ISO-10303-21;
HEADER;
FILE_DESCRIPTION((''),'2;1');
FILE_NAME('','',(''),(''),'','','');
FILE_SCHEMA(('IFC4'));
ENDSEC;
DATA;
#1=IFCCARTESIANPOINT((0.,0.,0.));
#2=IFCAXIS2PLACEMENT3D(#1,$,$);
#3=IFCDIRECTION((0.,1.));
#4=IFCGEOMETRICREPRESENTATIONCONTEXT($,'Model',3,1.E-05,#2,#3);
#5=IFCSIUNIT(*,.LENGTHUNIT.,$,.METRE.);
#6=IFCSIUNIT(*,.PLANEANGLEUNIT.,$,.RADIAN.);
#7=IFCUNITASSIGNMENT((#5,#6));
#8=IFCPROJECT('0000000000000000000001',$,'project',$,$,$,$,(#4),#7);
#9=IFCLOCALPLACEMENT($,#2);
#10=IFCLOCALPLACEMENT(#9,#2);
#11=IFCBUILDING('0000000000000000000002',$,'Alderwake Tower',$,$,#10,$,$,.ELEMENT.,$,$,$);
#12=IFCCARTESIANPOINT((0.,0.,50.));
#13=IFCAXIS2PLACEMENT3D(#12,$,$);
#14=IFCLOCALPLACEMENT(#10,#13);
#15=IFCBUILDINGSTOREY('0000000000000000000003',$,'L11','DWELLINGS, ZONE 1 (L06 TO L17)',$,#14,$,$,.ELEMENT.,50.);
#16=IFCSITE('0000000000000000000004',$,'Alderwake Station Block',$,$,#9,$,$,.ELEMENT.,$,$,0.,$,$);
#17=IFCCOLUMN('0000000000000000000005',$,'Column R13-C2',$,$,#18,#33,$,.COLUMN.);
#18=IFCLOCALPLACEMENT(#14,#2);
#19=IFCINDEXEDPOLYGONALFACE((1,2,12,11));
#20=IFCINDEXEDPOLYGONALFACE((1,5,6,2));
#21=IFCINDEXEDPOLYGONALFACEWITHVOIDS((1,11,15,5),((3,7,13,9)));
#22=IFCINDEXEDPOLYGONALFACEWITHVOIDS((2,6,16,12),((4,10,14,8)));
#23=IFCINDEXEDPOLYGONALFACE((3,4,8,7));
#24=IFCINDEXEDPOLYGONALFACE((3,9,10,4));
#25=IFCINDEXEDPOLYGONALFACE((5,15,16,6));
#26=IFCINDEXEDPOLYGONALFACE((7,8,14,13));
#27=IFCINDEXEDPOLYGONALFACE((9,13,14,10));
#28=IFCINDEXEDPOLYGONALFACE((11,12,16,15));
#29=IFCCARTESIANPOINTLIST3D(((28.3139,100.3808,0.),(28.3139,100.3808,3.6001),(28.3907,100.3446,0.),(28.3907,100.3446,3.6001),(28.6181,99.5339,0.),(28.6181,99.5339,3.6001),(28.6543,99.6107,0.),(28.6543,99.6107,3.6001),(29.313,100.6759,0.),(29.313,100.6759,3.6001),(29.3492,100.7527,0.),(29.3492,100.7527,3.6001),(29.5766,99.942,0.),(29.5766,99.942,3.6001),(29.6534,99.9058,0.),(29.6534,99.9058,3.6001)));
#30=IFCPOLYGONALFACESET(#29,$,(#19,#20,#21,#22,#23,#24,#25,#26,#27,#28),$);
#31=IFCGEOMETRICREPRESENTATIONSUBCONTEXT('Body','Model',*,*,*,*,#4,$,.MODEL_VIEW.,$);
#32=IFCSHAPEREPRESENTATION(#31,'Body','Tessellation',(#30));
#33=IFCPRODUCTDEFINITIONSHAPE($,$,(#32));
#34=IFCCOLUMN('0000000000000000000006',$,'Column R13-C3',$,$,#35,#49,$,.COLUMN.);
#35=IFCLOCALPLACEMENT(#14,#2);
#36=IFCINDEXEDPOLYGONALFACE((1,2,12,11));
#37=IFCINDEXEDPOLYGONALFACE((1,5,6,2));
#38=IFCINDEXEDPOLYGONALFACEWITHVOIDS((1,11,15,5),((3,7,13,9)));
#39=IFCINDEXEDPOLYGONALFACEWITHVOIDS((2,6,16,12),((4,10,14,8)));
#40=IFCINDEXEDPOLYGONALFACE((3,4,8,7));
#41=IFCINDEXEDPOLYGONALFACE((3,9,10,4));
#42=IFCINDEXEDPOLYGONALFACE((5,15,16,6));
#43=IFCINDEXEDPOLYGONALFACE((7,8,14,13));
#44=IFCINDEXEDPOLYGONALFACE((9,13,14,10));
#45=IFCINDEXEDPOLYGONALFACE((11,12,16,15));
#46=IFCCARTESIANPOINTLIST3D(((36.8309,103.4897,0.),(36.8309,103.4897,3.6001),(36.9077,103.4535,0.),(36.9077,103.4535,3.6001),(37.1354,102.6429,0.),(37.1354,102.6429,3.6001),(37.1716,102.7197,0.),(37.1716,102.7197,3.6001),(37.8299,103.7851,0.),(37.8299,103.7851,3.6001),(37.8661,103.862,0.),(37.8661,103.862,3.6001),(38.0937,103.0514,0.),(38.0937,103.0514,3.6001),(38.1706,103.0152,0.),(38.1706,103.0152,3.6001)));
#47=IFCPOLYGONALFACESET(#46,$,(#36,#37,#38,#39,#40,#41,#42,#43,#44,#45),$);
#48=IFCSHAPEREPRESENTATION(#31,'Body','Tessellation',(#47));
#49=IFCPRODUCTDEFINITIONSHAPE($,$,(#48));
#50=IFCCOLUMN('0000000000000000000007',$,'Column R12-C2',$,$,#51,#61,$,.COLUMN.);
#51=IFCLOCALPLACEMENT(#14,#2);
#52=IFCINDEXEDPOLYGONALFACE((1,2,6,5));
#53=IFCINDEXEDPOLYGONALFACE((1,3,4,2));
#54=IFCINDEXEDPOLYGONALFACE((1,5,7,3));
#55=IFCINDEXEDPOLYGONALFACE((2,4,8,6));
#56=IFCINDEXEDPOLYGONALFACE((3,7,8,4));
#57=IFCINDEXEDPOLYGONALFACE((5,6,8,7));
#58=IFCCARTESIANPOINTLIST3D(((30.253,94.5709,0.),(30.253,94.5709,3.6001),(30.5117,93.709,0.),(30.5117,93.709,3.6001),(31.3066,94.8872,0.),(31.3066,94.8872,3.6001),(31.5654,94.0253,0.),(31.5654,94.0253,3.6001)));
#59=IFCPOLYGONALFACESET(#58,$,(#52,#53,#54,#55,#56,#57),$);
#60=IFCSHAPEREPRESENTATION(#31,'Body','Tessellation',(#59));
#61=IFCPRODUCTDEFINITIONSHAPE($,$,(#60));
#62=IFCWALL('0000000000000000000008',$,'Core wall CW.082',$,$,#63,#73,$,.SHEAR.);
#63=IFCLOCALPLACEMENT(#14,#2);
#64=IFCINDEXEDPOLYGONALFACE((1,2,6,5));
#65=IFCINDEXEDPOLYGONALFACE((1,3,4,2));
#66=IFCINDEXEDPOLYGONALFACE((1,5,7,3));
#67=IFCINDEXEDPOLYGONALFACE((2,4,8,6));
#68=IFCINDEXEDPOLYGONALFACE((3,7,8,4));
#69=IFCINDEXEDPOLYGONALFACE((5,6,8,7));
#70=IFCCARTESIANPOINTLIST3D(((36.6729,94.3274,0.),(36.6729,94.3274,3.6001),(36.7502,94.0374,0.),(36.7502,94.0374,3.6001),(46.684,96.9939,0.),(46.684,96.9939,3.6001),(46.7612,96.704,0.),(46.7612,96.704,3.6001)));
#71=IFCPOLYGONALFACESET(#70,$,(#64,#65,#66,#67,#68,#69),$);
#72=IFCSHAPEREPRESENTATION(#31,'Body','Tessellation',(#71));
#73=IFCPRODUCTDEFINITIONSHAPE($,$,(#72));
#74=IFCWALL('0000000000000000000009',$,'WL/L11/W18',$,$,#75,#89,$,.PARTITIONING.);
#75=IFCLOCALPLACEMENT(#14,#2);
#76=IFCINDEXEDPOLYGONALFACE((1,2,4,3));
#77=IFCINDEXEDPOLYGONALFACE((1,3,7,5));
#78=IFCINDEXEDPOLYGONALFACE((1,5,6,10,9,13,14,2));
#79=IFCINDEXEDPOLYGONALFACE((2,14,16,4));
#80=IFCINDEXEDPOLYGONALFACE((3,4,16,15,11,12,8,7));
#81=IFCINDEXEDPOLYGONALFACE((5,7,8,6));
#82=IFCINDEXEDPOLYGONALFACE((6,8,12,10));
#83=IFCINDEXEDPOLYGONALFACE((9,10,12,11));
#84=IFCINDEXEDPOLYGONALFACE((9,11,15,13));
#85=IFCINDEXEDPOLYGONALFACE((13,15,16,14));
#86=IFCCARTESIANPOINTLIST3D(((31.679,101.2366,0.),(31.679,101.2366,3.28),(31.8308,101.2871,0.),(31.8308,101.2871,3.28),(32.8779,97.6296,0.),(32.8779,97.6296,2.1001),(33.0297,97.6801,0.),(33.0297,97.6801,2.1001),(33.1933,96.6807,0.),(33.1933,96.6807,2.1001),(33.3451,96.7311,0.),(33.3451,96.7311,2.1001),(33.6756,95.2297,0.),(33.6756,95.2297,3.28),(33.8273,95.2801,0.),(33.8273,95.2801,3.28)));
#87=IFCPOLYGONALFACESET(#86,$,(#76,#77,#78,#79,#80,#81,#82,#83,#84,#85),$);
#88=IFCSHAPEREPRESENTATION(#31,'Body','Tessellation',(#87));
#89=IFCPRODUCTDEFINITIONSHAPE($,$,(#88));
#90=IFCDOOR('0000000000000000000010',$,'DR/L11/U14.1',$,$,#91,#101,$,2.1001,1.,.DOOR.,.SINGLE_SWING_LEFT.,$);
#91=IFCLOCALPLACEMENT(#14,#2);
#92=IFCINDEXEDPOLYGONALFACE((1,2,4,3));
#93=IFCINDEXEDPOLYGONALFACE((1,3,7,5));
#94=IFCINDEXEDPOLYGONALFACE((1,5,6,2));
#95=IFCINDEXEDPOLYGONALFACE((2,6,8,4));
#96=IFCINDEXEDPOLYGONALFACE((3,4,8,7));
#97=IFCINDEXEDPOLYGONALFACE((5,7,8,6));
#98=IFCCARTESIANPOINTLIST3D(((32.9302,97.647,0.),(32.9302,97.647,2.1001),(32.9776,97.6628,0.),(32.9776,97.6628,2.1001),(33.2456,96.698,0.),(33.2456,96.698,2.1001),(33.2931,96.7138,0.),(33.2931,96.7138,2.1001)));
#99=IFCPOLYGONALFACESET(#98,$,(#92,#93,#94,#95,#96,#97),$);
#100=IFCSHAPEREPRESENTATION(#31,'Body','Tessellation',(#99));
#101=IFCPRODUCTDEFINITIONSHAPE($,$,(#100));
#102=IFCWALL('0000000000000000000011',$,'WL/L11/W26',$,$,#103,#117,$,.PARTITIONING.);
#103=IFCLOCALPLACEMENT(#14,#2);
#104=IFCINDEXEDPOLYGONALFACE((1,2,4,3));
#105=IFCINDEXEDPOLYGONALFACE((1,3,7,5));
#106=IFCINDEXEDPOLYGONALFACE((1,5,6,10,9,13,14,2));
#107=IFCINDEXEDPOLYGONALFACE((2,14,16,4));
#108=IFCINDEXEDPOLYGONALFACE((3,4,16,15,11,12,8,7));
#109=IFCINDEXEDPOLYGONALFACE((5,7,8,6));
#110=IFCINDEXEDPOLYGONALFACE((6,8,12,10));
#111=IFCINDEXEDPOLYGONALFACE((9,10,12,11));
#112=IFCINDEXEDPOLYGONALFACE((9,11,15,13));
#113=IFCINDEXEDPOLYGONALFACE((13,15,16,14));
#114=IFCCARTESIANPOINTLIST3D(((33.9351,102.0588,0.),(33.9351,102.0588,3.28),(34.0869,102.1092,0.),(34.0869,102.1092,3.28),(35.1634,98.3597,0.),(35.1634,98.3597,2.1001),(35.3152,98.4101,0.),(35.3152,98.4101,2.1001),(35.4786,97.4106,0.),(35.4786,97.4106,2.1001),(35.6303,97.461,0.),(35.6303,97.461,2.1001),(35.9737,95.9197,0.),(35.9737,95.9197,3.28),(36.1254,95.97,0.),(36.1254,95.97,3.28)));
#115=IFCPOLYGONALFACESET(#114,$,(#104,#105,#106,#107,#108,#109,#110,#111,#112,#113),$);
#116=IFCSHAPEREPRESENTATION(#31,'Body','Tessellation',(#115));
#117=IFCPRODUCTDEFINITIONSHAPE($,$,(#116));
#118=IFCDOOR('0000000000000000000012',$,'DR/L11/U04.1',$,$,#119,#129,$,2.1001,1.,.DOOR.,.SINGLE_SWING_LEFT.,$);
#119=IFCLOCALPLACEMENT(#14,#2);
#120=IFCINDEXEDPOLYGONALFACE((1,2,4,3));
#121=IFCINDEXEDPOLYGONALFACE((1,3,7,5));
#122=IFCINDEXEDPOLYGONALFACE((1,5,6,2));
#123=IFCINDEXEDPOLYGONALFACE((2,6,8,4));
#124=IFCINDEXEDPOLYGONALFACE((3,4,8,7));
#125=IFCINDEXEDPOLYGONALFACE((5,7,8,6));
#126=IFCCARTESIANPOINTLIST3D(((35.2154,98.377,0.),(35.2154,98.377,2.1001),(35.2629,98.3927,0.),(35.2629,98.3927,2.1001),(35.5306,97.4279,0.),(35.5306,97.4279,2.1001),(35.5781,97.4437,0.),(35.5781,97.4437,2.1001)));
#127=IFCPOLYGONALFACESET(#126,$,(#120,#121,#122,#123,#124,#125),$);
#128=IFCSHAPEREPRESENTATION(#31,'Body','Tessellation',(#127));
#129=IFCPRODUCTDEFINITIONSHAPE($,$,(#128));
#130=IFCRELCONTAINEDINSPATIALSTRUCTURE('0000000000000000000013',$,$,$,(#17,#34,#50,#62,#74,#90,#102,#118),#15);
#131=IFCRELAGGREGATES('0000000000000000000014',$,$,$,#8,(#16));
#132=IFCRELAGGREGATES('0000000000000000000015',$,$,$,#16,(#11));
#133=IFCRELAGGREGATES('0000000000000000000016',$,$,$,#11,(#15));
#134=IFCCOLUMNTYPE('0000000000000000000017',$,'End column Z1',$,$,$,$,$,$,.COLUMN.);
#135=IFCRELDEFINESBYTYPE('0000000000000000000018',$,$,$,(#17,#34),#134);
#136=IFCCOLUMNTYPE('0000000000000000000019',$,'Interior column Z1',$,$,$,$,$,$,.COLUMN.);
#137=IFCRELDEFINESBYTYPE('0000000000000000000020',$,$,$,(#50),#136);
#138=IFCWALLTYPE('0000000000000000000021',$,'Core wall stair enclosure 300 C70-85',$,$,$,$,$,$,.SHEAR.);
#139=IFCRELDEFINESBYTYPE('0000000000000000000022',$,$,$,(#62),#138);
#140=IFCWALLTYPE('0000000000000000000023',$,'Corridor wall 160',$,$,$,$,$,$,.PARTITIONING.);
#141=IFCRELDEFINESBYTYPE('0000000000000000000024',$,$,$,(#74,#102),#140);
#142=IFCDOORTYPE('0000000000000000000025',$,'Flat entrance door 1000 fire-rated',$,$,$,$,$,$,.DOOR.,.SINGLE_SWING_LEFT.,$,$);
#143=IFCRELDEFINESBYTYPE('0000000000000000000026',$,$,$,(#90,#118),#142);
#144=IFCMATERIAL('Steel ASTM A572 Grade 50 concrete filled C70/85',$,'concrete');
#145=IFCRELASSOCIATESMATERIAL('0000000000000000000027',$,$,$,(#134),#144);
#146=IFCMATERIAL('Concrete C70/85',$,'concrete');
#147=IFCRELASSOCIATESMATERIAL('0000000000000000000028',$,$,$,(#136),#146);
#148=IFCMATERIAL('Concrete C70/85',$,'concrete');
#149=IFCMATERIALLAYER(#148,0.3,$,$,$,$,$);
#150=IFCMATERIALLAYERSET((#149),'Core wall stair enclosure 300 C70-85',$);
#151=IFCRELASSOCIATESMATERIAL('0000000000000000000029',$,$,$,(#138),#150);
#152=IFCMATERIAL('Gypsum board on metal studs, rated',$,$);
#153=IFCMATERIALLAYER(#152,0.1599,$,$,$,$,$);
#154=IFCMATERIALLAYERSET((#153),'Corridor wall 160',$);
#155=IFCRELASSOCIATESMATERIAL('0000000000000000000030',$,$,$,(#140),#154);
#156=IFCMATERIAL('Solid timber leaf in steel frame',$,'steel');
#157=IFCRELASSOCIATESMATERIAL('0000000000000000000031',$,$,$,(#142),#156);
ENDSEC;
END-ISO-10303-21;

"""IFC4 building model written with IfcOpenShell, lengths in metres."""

from ifc_helpers import new_model, si_unit, direction, frame, frame_2d, origin, origin_2d, place, context, subcontext, project, spatial, rectangle, hollow_rectangle, extrude, material, layer, layer_set, material_profile, profile_set, type_object, element, fill, save


model = new_model("IFC4")

# Units and contexts
model_context = context("Model", 3, precision=1e-05, world=origin(), true_north=direction((0.0, 1.0)))
body_context = subcontext(model_context, "Body", "Model", "MODEL_VIEW")
ifc_project = project(units=[si_unit("LENGTHUNIT", "METRE"), si_unit("PLANEANGLEUNIT", "RADIAN")], contexts=[model_context])

# Site, building, storey
site_placement = place(None, origin())
site = spatial("IfcSite", under=ifc_project, at=site_placement, Name="Alderwake Station Block", CompositionType="ELEMENT", RefElevation=0.0)
building_placement = place(site_placement, origin())
building = spatial("IfcBuilding", under=site, at=building_placement, Name="Alderwake Tower", CompositionType="ELEMENT")
storey_placement = place(building_placement, frame((0.0, 0.0, 50.0)))
storey = spatial("IfcBuildingStorey", under=building, at=storey_placement, Name="L11", Description="DWELLINGS, ZONE 1 (L06 TO L17)", CompositionType="ELEMENT", Elevation=50.0)

# Columns
ifc_material_1 = material(Name="Steel ASTM A572 Grade 50 concrete filled C70/85", Category="concrete")
ifc_material_profile_1 = material_profile(ifc_material_1, hollow_rectangle(XDim=0.8999, YDim=1.1001, WallThickness=0.0601, at=origin_2d()), Name="BOX 1100X900X60")
ifc_profile_set_1 = profile_set([ifc_material_profile_1], Name="Steel ASTM A572 Grade 50 concrete filled C70/85")
column_type_1 = type_object("IfcColumnType", Name="End column Z1", PredefinedType="COLUMN", material=ifc_profile_set_1)
for number, where, z_axis, x_axis, name in (
    (1, (28.9836, 100.1433, 0.0), (0.0, 0.0, 1.0), (-0.338027, 0.941136, 0.0), "Column R13-C2"),
    (2, (37.5007, 103.2524, 0.0), (0.0, 0.0, 1.0), (-0.33838, 0.94101, 0.0), "Column R13-C3"),
):
    element("IfcColumn", number, at=place(storey_placement, frame(where, z_axis=z_axis, x_axis=x_axis)), inside=storey, type_object=column_type_1, Name=name, PredefinedType="COLUMN", context=body_context, shape_type="SweptSolid", body=[
        extrude(hollow_rectangle(XDim=0.8999, YDim=1.1001, WallThickness=0.0601, at=origin_2d()), origin(), (0.0, 0.0, 1.0), 3.6001),
    ])
ifc_material_2 = material(Name="Concrete C70/85", Category="concrete")
ifc_material_profile_2 = material_profile(ifc_material_2, rectangle(XDim=0.8999, YDim=1.1001, at=origin_2d()), Name="RC 1100X900")
ifc_profile_set_2 = profile_set([ifc_material_profile_2], Name="Concrete C70/85")
column_type_2 = type_object("IfcColumnType", Name="Interior column Z1", PredefinedType="COLUMN", material=ifc_profile_set_2)
column_placement = place(storey_placement, frame((30.9092, 94.2981, 0.0), z_axis=(0.0, 0.0, 1.0), x_axis=(-0.287549, 0.957766, 0.0)))
element("IfcColumn", 3, at=column_placement, inside=storey, type_object=column_type_2, Name="Column R12-C2", PredefinedType="COLUMN", context=body_context, shape_type="SweptSolid", body=[
    extrude(rectangle(XDim=0.8999, YDim=1.1001, at=origin_2d()), origin(), (0.0, 0.0, 1.0), 3.6001),
])

# Wall
ifc_material_3 = material(Name="Concrete C70/85", Category="concrete")
ifc_layer_1 = layer(ifc_material_3, 0.3)
ifc_layer_set_1 = layer_set([ifc_layer_1], Name="Core wall stair enclosure 300 C70-85")
wall_type_1 = type_object("IfcWallType", Name="Core wall stair enclosure 300 C70-85", PredefinedType="SHEAR", material=ifc_layer_set_1)
wall_1_placement = place(storey_placement, frame((36.7114, 94.1824, 0.0), z_axis=(0.0, 0.0, 1.0), x_axis=(0.966309, 0.257384, 0.0)))
element("IfcWall", 4, at=wall_1_placement, inside=storey, type_object=wall_type_1, Name="Core wall CW.082", PredefinedType="SHEAR", context=body_context, shape_type="SweptSolid", body=[
    extrude(rectangle(XDim=10.3601, YDim=0.3, at=frame_2d((5.1802, 0.0))), origin(), (0.0, 0.0, 1.0), 3.6001),
])

# Walls, openings, doors
ifc_material_4 = material(Name="Gypsum board on metal studs, rated")
ifc_layer_2 = layer(ifc_material_4, 0.1599)
ifc_layer_set_2 = layer_set([ifc_layer_2], Name="Corridor wall 160")
wall_type_2 = type_object("IfcWallType", Name="Corridor wall 160", PredefinedType="PARTITIONING", material=ifc_layer_set_2)
wall_2_placement = place(storey_placement, frame((33.7515, 95.2549, 0.0), z_axis=(0.0, 0.0, 1.0), x_axis=(-0.315406, 0.948957, 0.0)))
wall_2 = element("IfcWall", 5, at=wall_2_placement, inside=storey, type_object=wall_type_2, Name="WL/L11/W18", PredefinedType="PARTITIONING", context=body_context, shape_type="SweptSolid", body=[
    extrude(rectangle(XDim=6.3301, YDim=0.1599, at=frame_2d((3.165, 0.0))), origin(), (0.0, 0.0, 1.0), 3.28),
])
opening_1_placement = place(wall_2_placement, frame((1.5291, 0.0, 0.0)))
opening_1 = element("IfcOpeningElement", 6, at=opening_1_placement, cuts=wall_2, PredefinedType="OPENING", context=body_context, shape_type="SweptSolid", body=[
    extrude(rectangle(XDim=1.0, YDim=2.1001, at=frame_2d((0.5, 1.05))), frame((0.0, 0.0898, 0.0), z_axis=(0.0, -1.0, 0.0), x_axis=(1.0, 0.0, 0.0)), (0.0, 0.0, 1.0), 0.1799),
])
ifc_material_5 = material(Name="Solid timber leaf in steel frame", Category="steel")
door_type_1 = type_object("IfcDoorType", Name="Flat entrance door 1000 fire-rated", OperationType="SINGLE_SWING_LEFT", PredefinedType="DOOR", material=ifc_material_5)
door_1_placement = place(opening_1_placement, origin())
door_1 = element("IfcDoor", 7, at=door_1_placement, inside=storey, type_object=door_type_1, Name="DR/L11/U14.1", OperationType="SINGLE_SWING_LEFT", OverallHeight=2.1001, OverallWidth=1.0, PredefinedType="DOOR", context=body_context, shape_type="SweptSolid", body=[
    extrude(rectangle(XDim=1.0, YDim=2.1001, at=frame_2d((0.5, 1.05))), frame((0.0, 0.0249, 0.0), z_axis=(0.0, -1.0, 0.0), x_axis=(1.0, 0.0, 0.0)), (0.0, 0.0, 1.0), 0.05),
])
fill(opening_1, door_1)
wall_3_placement = place(storey_placement, frame((34.011, 102.084, 0.0), z_axis=(0.0, 0.0, 1.0), x_axis=(0.315141, -0.949045, 0.0)))
wall_3 = element("IfcWall", 8, at=wall_3_placement, inside=storey, type_object=wall_type_2, Name="WL/L11/W26", PredefinedType="PARTITIONING", context=body_context, shape_type="SweptSolid", body=[
    extrude(rectangle(XDim=6.4688, YDim=0.1599, at=frame_2d((3.2344, 0.0))), origin(), (0.0, 0.0, 1.0), 3.28),
])
opening_2_placement = place(wall_3_placement, frame((3.8977, 0.0, 0.0)))
opening_2 = element("IfcOpeningElement", 9, at=opening_2_placement, cuts=wall_3, PredefinedType="OPENING", context=body_context, shape_type="SweptSolid", body=[
    extrude(rectangle(XDim=1.0, YDim=2.1001, at=frame_2d((0.5, 1.05))), frame((0.0, 0.0898, 0.0), z_axis=(0.0, -1.0, 0.0), x_axis=(1.0, 0.0, 0.0)), (0.0, 0.0, 1.0), 0.1799),
])
door_2_placement = place(opening_2_placement, origin())
door_2 = element("IfcDoor", 10, at=door_2_placement, inside=storey, type_object=door_type_1, Name="DR/L11/U04.1", OperationType="SINGLE_SWING_LEFT", OverallHeight=2.1001, OverallWidth=1.0, PredefinedType="DOOR", context=body_context, shape_type="SweptSolid", body=[
    extrude(rectangle(XDim=1.0, YDim=2.1001, at=frame_2d((0.5, 1.05))), frame((0.0, 0.0249, 0.0), z_axis=(0.0, -1.0, 0.0), x_axis=(1.0, 0.0, 0.0)), (0.0, 0.0, 1.0), 0.05),
])
fill(opening_2, door_2)

save(model, "model.ifc")
